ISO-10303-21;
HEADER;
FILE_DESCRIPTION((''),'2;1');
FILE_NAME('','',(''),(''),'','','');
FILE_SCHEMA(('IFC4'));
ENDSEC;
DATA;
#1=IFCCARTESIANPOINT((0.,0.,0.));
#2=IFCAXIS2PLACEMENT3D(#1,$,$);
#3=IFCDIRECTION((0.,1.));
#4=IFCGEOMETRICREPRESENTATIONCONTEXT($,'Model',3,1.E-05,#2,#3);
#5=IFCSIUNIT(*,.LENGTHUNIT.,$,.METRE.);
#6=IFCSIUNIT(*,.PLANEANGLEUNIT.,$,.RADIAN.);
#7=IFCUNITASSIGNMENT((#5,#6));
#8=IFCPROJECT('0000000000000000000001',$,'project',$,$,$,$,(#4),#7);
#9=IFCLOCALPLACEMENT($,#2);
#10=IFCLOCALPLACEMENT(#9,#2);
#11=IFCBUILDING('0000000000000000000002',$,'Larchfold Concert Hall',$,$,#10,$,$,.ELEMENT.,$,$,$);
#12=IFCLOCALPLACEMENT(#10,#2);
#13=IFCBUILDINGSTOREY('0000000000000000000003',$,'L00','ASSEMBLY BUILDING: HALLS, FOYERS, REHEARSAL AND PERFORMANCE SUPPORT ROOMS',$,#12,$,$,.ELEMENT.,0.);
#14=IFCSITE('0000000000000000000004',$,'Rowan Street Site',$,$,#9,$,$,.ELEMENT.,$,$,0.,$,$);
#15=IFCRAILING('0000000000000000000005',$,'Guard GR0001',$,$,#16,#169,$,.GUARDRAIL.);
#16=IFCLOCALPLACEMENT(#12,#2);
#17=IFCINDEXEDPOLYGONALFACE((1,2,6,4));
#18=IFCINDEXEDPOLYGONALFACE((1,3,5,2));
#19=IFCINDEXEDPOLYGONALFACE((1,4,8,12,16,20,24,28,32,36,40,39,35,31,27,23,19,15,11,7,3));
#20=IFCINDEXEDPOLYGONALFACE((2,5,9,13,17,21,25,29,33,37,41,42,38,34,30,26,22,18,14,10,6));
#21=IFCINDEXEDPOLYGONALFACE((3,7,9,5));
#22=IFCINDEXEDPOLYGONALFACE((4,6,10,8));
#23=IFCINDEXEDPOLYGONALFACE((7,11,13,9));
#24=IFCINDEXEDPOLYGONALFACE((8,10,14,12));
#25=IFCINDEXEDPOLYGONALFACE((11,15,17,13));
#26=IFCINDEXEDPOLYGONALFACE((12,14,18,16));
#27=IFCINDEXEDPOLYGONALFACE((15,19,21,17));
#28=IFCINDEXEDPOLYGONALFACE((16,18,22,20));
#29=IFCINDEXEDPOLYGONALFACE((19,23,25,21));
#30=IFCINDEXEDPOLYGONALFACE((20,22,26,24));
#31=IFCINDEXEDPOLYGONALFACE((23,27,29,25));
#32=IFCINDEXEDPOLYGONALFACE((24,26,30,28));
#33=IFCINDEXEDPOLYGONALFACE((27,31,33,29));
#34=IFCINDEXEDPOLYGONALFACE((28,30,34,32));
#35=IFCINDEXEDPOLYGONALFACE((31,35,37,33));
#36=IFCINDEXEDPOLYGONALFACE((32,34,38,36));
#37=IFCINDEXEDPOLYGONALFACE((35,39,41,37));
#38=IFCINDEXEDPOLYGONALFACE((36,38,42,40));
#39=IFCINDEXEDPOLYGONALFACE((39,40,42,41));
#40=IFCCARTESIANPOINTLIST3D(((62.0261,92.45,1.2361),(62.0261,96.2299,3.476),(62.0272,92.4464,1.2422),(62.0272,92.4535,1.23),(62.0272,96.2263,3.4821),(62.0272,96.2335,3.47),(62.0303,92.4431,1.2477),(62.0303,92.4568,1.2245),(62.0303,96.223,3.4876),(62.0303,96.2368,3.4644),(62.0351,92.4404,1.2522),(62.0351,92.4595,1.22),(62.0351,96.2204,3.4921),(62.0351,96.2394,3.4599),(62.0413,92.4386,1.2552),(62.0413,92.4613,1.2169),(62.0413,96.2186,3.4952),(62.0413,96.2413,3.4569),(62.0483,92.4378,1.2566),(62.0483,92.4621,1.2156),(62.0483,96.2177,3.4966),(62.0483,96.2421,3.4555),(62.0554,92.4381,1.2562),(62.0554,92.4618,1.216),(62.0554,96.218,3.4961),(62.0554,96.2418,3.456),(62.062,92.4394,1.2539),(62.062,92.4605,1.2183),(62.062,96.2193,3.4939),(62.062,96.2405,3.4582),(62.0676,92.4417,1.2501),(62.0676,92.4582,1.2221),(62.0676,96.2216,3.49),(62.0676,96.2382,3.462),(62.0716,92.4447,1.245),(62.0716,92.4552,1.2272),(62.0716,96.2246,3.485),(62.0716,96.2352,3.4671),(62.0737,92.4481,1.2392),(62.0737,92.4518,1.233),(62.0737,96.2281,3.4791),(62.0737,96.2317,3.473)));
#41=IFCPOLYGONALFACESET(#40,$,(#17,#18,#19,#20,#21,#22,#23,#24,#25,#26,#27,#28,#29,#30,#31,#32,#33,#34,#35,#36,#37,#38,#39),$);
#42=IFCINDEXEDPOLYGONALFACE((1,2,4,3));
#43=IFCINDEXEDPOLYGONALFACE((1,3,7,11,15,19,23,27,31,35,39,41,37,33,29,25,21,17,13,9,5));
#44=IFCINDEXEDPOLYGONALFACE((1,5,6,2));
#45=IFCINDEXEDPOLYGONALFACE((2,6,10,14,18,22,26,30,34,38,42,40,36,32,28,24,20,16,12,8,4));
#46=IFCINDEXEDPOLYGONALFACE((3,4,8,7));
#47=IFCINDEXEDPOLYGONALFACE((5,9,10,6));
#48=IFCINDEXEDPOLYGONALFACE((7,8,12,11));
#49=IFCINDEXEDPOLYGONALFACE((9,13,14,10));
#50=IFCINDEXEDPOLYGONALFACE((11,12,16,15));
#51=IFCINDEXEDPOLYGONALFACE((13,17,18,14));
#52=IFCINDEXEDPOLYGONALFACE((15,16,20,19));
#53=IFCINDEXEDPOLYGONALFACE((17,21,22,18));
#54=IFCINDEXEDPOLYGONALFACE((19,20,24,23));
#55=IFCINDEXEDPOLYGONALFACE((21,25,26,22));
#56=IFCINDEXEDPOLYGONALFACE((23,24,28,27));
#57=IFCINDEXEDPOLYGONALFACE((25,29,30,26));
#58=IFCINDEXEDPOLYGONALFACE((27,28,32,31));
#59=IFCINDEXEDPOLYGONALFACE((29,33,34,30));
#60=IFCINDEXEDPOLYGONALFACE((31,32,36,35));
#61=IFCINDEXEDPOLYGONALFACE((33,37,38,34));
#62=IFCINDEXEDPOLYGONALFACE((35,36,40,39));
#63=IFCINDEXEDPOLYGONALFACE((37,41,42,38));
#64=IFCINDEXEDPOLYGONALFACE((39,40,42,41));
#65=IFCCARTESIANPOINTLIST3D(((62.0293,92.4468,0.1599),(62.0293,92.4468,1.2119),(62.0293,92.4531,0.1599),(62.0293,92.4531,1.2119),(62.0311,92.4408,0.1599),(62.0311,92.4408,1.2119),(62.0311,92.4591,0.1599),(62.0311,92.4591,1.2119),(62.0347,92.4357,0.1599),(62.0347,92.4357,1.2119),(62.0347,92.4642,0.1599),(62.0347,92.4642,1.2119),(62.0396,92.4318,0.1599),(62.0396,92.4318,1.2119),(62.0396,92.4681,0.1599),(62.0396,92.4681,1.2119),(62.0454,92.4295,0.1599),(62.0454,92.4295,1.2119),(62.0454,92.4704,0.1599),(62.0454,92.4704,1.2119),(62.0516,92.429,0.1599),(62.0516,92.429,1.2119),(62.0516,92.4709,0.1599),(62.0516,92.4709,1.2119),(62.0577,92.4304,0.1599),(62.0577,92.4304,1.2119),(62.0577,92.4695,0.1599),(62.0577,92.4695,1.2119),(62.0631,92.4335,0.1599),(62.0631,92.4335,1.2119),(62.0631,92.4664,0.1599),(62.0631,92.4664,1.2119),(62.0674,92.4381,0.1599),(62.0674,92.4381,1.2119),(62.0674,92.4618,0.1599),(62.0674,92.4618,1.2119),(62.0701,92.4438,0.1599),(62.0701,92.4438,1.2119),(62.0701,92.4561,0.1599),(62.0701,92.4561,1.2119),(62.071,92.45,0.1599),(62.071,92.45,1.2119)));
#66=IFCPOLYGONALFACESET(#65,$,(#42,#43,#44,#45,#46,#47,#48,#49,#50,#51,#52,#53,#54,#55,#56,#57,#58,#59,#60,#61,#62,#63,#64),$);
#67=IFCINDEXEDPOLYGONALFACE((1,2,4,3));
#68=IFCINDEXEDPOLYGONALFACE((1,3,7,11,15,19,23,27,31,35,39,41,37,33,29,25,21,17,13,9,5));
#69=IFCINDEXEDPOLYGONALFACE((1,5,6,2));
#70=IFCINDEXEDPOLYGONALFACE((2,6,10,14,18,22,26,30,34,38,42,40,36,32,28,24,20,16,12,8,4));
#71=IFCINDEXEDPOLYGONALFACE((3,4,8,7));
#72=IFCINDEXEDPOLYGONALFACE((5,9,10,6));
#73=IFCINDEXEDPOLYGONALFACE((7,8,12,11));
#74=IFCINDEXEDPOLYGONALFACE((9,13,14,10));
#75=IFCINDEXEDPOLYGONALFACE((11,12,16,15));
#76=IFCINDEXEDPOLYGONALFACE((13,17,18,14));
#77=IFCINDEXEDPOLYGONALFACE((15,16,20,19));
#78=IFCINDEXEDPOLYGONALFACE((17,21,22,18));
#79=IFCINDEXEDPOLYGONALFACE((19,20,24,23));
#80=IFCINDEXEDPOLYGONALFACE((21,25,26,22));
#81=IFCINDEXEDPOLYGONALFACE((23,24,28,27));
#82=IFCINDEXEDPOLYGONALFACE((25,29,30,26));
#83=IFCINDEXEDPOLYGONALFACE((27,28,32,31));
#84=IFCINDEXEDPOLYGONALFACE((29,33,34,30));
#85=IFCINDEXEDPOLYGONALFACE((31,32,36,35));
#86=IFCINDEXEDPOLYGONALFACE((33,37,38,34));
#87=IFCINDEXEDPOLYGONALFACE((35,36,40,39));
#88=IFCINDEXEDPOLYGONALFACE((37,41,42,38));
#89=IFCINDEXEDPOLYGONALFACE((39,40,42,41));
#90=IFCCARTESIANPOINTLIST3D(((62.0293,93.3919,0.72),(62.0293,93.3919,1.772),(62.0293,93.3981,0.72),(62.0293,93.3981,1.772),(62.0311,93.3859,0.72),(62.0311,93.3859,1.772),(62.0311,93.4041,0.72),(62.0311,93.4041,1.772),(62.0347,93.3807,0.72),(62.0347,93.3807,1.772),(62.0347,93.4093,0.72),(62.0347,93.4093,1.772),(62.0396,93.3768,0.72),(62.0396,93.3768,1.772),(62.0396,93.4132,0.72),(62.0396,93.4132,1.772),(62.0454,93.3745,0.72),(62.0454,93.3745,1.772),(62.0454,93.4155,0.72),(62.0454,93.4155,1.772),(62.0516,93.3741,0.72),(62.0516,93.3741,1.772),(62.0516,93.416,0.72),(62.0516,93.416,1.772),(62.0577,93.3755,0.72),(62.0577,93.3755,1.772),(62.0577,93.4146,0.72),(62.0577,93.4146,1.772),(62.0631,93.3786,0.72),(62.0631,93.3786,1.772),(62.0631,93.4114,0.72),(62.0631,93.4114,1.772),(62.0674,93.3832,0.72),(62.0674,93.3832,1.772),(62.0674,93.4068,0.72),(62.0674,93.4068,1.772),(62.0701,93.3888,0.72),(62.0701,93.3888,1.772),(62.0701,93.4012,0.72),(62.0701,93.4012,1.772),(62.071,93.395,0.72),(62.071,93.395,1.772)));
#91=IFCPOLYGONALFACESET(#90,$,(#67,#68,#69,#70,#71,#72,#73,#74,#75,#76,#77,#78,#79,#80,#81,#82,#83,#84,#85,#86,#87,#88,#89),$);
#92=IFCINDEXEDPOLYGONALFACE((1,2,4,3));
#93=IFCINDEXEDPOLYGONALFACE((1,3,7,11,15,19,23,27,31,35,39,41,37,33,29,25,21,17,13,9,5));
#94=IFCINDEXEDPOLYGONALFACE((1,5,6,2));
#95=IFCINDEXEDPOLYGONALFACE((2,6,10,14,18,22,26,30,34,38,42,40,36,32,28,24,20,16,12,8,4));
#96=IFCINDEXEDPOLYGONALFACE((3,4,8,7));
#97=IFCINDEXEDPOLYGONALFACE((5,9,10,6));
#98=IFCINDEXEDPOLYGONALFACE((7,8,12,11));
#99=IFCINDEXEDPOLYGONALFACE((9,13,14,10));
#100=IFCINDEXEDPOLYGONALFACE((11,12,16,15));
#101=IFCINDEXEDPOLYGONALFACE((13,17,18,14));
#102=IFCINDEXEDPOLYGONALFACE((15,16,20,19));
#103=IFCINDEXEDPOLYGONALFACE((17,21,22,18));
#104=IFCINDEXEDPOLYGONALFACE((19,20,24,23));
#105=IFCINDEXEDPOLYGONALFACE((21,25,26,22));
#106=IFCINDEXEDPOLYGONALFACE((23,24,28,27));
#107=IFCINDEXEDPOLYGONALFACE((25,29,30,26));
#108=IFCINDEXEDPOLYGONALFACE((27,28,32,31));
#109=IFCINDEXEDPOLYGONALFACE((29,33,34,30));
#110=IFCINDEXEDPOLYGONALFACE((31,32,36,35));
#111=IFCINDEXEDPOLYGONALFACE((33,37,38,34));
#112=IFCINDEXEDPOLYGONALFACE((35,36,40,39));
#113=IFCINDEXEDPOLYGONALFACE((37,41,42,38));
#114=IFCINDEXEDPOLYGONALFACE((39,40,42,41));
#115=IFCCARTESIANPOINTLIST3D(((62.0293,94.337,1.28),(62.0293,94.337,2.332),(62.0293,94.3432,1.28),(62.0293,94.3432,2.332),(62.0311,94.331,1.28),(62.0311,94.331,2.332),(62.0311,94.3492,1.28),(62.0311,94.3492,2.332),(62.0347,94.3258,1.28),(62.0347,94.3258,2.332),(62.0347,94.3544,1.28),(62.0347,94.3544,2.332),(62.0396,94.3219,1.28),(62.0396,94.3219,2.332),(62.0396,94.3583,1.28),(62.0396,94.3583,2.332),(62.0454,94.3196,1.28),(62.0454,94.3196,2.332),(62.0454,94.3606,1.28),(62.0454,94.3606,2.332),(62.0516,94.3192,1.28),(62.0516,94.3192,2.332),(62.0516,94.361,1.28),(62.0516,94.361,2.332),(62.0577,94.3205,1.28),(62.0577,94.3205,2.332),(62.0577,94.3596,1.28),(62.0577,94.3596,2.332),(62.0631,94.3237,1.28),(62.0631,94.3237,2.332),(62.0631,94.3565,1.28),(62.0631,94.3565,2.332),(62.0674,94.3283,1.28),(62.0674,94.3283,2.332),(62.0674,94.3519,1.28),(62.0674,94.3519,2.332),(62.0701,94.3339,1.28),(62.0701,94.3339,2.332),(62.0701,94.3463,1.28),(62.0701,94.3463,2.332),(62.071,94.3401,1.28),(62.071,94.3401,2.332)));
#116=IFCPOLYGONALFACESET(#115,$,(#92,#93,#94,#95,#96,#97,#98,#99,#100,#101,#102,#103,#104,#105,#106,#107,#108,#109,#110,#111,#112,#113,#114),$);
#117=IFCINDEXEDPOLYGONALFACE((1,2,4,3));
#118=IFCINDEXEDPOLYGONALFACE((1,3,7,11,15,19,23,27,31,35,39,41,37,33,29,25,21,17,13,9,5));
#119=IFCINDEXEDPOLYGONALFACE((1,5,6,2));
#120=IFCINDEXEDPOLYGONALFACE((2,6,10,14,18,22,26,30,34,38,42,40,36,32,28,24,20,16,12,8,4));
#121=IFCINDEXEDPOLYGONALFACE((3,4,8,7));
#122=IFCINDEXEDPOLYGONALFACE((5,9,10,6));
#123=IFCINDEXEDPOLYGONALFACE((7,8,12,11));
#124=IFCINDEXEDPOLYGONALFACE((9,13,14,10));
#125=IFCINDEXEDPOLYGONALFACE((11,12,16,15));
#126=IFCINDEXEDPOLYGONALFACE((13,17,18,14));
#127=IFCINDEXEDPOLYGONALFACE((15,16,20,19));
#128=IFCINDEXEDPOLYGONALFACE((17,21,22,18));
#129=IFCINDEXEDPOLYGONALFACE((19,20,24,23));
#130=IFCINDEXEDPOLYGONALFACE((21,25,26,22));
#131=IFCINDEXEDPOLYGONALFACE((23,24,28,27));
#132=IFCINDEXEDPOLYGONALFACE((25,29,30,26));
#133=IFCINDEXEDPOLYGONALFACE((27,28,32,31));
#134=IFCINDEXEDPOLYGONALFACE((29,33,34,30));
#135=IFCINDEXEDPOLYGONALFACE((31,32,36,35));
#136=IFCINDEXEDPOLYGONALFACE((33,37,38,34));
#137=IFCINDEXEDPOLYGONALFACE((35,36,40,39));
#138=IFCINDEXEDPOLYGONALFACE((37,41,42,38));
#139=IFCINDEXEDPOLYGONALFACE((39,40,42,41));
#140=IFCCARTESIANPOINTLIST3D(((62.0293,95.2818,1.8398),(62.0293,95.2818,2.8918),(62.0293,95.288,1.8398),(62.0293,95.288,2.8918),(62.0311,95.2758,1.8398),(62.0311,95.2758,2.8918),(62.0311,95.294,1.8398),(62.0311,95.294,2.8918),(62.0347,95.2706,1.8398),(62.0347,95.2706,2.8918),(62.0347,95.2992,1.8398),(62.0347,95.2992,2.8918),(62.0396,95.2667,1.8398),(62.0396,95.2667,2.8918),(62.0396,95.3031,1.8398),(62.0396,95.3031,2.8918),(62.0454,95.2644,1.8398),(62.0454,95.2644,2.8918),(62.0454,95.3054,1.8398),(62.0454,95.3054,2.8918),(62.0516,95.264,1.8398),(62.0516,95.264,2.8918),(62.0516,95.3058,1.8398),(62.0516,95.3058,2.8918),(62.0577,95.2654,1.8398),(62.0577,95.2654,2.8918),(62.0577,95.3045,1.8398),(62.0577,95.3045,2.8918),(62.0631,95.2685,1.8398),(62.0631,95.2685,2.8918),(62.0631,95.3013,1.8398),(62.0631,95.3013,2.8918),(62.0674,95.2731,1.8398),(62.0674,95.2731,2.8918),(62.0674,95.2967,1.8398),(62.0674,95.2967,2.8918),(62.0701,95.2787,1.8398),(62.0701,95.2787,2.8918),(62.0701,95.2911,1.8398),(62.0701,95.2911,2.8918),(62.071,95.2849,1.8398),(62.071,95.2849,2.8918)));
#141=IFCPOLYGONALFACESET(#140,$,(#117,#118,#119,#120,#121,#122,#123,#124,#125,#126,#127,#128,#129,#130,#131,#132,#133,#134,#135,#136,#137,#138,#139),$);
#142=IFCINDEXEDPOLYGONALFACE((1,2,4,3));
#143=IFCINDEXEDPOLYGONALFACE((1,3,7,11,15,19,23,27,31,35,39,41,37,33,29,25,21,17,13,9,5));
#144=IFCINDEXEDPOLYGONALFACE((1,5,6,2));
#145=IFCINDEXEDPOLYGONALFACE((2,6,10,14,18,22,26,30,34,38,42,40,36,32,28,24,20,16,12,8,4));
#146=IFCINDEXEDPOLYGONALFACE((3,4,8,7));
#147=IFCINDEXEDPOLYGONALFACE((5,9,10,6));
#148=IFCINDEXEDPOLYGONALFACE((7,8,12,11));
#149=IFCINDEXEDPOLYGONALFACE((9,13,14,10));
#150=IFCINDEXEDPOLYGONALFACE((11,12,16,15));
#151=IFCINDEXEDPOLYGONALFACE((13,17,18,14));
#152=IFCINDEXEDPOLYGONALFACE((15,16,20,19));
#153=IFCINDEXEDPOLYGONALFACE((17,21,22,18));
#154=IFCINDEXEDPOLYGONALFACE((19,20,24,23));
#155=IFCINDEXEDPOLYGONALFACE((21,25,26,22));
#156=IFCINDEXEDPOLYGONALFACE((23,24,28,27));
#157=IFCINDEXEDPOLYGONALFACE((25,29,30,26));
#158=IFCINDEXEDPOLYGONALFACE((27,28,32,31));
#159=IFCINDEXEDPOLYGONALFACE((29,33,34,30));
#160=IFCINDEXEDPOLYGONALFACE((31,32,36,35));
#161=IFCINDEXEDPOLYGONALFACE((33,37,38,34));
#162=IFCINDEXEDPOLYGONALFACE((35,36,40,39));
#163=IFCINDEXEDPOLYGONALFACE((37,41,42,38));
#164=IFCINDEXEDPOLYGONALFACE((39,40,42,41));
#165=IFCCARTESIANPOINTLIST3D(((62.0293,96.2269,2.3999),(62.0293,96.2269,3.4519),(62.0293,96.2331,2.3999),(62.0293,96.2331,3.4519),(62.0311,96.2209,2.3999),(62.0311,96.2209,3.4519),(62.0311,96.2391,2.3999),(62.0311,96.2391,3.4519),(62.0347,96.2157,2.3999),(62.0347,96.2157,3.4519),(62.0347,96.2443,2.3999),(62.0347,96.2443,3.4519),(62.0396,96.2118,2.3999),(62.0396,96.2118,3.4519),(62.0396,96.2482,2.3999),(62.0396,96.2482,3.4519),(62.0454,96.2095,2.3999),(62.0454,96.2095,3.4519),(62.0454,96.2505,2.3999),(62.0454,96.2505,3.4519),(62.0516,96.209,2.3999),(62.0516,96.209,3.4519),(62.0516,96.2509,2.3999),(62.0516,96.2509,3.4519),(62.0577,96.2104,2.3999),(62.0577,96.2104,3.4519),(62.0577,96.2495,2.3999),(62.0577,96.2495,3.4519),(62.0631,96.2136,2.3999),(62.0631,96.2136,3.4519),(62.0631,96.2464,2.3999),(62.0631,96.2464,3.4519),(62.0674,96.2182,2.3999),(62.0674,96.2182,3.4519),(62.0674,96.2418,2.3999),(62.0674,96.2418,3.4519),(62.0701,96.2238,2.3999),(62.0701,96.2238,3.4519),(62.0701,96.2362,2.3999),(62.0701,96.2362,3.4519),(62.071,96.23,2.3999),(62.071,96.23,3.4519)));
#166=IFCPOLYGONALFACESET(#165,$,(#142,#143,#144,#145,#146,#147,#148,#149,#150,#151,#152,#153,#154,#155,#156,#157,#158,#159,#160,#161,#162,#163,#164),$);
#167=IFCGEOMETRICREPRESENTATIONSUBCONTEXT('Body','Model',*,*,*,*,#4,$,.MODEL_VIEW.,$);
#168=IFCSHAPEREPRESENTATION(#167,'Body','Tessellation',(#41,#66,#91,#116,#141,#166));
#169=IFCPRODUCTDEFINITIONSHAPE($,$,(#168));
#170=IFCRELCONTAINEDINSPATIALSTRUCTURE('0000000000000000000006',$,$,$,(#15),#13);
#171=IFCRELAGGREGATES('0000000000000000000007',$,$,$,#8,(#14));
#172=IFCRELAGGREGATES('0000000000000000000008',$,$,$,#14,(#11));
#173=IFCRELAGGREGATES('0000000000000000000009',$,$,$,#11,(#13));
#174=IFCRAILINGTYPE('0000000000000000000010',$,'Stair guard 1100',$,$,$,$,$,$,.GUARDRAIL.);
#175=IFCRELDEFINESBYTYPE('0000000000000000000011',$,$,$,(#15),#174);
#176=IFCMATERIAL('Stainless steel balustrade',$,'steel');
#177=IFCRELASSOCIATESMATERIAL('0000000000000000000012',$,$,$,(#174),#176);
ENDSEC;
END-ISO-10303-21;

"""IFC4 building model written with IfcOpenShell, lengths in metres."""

from ifc_helpers import new_model, si_unit, direction, frame, origin, origin_2d, place, context, subcontext, project, spatial, circle, extrude, material, type_object, element, save


model = new_model("IFC4")

# Units and contexts
model_context = context("Model", 3, precision=1e-05, world=origin(), true_north=direction((0.0, 1.0)))
body_context = subcontext(model_context, "Body", "Model", "MODEL_VIEW")
ifc_project = project(units=[si_unit("LENGTHUNIT", "METRE"), si_unit("PLANEANGLEUNIT", "RADIAN")], contexts=[model_context])

# Site, building, storey
site_placement = place(None, origin())
site = spatial("IfcSite", under=ifc_project, at=site_placement, Name="Rowan Street Site", CompositionType="ELEMENT", RefElevation=0.0)
building_placement = place(site_placement, origin())
building = spatial("IfcBuilding", under=site, at=building_placement, Name="Larchfold Concert Hall", CompositionType="ELEMENT")
storey_placement = place(building_placement, origin())
storey = spatial("IfcBuildingStorey", under=building, at=storey_placement, Name="L00", Description="ASSEMBLY BUILDING: HALLS, FOYERS, REHEARSAL AND PERFORMANCE SUPPORT ROOMS", CompositionType="ELEMENT", Elevation=0.0)

# Railing
ifc_material_1 = material(Name="Stainless steel balustrade", Category="steel")
railing_type_1 = type_object("IfcRailingType", Name="Stair guard 1100", PredefinedType="GUARDRAIL", material=ifc_material_1)
railing_1_placement = place(storey_placement, frame((62.05, 92.45, 0.1599)))
element("IfcRailing", 1, at=railing_1_placement, inside=storey, type_object=railing_type_1, Name="Guard GR0001", PredefinedType="GUARDRAIL", context=body_context, shape_type="SweptSolid", body=[
    extrude(circle(Radius=0.0239, at=origin_2d()), frame((0.0, 0.0, 1.0762), z_axis=(0.0, 0.860294, 0.509798), x_axis=(-1.0, 0.0, 0.0)), (0.0, 0.0, 1.0), 4.3938),
    extrude(circle(Radius=0.021, at=origin_2d()), origin(), (0.0, 0.0, 1.0), 1.052),
    extrude(circle(Radius=0.021, at=origin_2d()), frame((0.0, 0.9451, 0.5601)), (0.0, 0.0, 1.0), 1.052),
    extrude(circle(Radius=0.021, at=origin_2d()), frame((0.0, 1.8901, 1.1201)), (0.0, 0.0, 1.0), 1.052),
    extrude(circle(Radius=0.021, at=origin_2d()), frame((0.0, 2.835, 1.6799)), (0.0, 0.0, 1.0), 1.052),
    extrude(circle(Radius=0.021, at=origin_2d()), frame((0.0, 3.78, 2.24)), (0.0, 0.0, 1.0), 1.052),
])

save(model, "model.ifc")
